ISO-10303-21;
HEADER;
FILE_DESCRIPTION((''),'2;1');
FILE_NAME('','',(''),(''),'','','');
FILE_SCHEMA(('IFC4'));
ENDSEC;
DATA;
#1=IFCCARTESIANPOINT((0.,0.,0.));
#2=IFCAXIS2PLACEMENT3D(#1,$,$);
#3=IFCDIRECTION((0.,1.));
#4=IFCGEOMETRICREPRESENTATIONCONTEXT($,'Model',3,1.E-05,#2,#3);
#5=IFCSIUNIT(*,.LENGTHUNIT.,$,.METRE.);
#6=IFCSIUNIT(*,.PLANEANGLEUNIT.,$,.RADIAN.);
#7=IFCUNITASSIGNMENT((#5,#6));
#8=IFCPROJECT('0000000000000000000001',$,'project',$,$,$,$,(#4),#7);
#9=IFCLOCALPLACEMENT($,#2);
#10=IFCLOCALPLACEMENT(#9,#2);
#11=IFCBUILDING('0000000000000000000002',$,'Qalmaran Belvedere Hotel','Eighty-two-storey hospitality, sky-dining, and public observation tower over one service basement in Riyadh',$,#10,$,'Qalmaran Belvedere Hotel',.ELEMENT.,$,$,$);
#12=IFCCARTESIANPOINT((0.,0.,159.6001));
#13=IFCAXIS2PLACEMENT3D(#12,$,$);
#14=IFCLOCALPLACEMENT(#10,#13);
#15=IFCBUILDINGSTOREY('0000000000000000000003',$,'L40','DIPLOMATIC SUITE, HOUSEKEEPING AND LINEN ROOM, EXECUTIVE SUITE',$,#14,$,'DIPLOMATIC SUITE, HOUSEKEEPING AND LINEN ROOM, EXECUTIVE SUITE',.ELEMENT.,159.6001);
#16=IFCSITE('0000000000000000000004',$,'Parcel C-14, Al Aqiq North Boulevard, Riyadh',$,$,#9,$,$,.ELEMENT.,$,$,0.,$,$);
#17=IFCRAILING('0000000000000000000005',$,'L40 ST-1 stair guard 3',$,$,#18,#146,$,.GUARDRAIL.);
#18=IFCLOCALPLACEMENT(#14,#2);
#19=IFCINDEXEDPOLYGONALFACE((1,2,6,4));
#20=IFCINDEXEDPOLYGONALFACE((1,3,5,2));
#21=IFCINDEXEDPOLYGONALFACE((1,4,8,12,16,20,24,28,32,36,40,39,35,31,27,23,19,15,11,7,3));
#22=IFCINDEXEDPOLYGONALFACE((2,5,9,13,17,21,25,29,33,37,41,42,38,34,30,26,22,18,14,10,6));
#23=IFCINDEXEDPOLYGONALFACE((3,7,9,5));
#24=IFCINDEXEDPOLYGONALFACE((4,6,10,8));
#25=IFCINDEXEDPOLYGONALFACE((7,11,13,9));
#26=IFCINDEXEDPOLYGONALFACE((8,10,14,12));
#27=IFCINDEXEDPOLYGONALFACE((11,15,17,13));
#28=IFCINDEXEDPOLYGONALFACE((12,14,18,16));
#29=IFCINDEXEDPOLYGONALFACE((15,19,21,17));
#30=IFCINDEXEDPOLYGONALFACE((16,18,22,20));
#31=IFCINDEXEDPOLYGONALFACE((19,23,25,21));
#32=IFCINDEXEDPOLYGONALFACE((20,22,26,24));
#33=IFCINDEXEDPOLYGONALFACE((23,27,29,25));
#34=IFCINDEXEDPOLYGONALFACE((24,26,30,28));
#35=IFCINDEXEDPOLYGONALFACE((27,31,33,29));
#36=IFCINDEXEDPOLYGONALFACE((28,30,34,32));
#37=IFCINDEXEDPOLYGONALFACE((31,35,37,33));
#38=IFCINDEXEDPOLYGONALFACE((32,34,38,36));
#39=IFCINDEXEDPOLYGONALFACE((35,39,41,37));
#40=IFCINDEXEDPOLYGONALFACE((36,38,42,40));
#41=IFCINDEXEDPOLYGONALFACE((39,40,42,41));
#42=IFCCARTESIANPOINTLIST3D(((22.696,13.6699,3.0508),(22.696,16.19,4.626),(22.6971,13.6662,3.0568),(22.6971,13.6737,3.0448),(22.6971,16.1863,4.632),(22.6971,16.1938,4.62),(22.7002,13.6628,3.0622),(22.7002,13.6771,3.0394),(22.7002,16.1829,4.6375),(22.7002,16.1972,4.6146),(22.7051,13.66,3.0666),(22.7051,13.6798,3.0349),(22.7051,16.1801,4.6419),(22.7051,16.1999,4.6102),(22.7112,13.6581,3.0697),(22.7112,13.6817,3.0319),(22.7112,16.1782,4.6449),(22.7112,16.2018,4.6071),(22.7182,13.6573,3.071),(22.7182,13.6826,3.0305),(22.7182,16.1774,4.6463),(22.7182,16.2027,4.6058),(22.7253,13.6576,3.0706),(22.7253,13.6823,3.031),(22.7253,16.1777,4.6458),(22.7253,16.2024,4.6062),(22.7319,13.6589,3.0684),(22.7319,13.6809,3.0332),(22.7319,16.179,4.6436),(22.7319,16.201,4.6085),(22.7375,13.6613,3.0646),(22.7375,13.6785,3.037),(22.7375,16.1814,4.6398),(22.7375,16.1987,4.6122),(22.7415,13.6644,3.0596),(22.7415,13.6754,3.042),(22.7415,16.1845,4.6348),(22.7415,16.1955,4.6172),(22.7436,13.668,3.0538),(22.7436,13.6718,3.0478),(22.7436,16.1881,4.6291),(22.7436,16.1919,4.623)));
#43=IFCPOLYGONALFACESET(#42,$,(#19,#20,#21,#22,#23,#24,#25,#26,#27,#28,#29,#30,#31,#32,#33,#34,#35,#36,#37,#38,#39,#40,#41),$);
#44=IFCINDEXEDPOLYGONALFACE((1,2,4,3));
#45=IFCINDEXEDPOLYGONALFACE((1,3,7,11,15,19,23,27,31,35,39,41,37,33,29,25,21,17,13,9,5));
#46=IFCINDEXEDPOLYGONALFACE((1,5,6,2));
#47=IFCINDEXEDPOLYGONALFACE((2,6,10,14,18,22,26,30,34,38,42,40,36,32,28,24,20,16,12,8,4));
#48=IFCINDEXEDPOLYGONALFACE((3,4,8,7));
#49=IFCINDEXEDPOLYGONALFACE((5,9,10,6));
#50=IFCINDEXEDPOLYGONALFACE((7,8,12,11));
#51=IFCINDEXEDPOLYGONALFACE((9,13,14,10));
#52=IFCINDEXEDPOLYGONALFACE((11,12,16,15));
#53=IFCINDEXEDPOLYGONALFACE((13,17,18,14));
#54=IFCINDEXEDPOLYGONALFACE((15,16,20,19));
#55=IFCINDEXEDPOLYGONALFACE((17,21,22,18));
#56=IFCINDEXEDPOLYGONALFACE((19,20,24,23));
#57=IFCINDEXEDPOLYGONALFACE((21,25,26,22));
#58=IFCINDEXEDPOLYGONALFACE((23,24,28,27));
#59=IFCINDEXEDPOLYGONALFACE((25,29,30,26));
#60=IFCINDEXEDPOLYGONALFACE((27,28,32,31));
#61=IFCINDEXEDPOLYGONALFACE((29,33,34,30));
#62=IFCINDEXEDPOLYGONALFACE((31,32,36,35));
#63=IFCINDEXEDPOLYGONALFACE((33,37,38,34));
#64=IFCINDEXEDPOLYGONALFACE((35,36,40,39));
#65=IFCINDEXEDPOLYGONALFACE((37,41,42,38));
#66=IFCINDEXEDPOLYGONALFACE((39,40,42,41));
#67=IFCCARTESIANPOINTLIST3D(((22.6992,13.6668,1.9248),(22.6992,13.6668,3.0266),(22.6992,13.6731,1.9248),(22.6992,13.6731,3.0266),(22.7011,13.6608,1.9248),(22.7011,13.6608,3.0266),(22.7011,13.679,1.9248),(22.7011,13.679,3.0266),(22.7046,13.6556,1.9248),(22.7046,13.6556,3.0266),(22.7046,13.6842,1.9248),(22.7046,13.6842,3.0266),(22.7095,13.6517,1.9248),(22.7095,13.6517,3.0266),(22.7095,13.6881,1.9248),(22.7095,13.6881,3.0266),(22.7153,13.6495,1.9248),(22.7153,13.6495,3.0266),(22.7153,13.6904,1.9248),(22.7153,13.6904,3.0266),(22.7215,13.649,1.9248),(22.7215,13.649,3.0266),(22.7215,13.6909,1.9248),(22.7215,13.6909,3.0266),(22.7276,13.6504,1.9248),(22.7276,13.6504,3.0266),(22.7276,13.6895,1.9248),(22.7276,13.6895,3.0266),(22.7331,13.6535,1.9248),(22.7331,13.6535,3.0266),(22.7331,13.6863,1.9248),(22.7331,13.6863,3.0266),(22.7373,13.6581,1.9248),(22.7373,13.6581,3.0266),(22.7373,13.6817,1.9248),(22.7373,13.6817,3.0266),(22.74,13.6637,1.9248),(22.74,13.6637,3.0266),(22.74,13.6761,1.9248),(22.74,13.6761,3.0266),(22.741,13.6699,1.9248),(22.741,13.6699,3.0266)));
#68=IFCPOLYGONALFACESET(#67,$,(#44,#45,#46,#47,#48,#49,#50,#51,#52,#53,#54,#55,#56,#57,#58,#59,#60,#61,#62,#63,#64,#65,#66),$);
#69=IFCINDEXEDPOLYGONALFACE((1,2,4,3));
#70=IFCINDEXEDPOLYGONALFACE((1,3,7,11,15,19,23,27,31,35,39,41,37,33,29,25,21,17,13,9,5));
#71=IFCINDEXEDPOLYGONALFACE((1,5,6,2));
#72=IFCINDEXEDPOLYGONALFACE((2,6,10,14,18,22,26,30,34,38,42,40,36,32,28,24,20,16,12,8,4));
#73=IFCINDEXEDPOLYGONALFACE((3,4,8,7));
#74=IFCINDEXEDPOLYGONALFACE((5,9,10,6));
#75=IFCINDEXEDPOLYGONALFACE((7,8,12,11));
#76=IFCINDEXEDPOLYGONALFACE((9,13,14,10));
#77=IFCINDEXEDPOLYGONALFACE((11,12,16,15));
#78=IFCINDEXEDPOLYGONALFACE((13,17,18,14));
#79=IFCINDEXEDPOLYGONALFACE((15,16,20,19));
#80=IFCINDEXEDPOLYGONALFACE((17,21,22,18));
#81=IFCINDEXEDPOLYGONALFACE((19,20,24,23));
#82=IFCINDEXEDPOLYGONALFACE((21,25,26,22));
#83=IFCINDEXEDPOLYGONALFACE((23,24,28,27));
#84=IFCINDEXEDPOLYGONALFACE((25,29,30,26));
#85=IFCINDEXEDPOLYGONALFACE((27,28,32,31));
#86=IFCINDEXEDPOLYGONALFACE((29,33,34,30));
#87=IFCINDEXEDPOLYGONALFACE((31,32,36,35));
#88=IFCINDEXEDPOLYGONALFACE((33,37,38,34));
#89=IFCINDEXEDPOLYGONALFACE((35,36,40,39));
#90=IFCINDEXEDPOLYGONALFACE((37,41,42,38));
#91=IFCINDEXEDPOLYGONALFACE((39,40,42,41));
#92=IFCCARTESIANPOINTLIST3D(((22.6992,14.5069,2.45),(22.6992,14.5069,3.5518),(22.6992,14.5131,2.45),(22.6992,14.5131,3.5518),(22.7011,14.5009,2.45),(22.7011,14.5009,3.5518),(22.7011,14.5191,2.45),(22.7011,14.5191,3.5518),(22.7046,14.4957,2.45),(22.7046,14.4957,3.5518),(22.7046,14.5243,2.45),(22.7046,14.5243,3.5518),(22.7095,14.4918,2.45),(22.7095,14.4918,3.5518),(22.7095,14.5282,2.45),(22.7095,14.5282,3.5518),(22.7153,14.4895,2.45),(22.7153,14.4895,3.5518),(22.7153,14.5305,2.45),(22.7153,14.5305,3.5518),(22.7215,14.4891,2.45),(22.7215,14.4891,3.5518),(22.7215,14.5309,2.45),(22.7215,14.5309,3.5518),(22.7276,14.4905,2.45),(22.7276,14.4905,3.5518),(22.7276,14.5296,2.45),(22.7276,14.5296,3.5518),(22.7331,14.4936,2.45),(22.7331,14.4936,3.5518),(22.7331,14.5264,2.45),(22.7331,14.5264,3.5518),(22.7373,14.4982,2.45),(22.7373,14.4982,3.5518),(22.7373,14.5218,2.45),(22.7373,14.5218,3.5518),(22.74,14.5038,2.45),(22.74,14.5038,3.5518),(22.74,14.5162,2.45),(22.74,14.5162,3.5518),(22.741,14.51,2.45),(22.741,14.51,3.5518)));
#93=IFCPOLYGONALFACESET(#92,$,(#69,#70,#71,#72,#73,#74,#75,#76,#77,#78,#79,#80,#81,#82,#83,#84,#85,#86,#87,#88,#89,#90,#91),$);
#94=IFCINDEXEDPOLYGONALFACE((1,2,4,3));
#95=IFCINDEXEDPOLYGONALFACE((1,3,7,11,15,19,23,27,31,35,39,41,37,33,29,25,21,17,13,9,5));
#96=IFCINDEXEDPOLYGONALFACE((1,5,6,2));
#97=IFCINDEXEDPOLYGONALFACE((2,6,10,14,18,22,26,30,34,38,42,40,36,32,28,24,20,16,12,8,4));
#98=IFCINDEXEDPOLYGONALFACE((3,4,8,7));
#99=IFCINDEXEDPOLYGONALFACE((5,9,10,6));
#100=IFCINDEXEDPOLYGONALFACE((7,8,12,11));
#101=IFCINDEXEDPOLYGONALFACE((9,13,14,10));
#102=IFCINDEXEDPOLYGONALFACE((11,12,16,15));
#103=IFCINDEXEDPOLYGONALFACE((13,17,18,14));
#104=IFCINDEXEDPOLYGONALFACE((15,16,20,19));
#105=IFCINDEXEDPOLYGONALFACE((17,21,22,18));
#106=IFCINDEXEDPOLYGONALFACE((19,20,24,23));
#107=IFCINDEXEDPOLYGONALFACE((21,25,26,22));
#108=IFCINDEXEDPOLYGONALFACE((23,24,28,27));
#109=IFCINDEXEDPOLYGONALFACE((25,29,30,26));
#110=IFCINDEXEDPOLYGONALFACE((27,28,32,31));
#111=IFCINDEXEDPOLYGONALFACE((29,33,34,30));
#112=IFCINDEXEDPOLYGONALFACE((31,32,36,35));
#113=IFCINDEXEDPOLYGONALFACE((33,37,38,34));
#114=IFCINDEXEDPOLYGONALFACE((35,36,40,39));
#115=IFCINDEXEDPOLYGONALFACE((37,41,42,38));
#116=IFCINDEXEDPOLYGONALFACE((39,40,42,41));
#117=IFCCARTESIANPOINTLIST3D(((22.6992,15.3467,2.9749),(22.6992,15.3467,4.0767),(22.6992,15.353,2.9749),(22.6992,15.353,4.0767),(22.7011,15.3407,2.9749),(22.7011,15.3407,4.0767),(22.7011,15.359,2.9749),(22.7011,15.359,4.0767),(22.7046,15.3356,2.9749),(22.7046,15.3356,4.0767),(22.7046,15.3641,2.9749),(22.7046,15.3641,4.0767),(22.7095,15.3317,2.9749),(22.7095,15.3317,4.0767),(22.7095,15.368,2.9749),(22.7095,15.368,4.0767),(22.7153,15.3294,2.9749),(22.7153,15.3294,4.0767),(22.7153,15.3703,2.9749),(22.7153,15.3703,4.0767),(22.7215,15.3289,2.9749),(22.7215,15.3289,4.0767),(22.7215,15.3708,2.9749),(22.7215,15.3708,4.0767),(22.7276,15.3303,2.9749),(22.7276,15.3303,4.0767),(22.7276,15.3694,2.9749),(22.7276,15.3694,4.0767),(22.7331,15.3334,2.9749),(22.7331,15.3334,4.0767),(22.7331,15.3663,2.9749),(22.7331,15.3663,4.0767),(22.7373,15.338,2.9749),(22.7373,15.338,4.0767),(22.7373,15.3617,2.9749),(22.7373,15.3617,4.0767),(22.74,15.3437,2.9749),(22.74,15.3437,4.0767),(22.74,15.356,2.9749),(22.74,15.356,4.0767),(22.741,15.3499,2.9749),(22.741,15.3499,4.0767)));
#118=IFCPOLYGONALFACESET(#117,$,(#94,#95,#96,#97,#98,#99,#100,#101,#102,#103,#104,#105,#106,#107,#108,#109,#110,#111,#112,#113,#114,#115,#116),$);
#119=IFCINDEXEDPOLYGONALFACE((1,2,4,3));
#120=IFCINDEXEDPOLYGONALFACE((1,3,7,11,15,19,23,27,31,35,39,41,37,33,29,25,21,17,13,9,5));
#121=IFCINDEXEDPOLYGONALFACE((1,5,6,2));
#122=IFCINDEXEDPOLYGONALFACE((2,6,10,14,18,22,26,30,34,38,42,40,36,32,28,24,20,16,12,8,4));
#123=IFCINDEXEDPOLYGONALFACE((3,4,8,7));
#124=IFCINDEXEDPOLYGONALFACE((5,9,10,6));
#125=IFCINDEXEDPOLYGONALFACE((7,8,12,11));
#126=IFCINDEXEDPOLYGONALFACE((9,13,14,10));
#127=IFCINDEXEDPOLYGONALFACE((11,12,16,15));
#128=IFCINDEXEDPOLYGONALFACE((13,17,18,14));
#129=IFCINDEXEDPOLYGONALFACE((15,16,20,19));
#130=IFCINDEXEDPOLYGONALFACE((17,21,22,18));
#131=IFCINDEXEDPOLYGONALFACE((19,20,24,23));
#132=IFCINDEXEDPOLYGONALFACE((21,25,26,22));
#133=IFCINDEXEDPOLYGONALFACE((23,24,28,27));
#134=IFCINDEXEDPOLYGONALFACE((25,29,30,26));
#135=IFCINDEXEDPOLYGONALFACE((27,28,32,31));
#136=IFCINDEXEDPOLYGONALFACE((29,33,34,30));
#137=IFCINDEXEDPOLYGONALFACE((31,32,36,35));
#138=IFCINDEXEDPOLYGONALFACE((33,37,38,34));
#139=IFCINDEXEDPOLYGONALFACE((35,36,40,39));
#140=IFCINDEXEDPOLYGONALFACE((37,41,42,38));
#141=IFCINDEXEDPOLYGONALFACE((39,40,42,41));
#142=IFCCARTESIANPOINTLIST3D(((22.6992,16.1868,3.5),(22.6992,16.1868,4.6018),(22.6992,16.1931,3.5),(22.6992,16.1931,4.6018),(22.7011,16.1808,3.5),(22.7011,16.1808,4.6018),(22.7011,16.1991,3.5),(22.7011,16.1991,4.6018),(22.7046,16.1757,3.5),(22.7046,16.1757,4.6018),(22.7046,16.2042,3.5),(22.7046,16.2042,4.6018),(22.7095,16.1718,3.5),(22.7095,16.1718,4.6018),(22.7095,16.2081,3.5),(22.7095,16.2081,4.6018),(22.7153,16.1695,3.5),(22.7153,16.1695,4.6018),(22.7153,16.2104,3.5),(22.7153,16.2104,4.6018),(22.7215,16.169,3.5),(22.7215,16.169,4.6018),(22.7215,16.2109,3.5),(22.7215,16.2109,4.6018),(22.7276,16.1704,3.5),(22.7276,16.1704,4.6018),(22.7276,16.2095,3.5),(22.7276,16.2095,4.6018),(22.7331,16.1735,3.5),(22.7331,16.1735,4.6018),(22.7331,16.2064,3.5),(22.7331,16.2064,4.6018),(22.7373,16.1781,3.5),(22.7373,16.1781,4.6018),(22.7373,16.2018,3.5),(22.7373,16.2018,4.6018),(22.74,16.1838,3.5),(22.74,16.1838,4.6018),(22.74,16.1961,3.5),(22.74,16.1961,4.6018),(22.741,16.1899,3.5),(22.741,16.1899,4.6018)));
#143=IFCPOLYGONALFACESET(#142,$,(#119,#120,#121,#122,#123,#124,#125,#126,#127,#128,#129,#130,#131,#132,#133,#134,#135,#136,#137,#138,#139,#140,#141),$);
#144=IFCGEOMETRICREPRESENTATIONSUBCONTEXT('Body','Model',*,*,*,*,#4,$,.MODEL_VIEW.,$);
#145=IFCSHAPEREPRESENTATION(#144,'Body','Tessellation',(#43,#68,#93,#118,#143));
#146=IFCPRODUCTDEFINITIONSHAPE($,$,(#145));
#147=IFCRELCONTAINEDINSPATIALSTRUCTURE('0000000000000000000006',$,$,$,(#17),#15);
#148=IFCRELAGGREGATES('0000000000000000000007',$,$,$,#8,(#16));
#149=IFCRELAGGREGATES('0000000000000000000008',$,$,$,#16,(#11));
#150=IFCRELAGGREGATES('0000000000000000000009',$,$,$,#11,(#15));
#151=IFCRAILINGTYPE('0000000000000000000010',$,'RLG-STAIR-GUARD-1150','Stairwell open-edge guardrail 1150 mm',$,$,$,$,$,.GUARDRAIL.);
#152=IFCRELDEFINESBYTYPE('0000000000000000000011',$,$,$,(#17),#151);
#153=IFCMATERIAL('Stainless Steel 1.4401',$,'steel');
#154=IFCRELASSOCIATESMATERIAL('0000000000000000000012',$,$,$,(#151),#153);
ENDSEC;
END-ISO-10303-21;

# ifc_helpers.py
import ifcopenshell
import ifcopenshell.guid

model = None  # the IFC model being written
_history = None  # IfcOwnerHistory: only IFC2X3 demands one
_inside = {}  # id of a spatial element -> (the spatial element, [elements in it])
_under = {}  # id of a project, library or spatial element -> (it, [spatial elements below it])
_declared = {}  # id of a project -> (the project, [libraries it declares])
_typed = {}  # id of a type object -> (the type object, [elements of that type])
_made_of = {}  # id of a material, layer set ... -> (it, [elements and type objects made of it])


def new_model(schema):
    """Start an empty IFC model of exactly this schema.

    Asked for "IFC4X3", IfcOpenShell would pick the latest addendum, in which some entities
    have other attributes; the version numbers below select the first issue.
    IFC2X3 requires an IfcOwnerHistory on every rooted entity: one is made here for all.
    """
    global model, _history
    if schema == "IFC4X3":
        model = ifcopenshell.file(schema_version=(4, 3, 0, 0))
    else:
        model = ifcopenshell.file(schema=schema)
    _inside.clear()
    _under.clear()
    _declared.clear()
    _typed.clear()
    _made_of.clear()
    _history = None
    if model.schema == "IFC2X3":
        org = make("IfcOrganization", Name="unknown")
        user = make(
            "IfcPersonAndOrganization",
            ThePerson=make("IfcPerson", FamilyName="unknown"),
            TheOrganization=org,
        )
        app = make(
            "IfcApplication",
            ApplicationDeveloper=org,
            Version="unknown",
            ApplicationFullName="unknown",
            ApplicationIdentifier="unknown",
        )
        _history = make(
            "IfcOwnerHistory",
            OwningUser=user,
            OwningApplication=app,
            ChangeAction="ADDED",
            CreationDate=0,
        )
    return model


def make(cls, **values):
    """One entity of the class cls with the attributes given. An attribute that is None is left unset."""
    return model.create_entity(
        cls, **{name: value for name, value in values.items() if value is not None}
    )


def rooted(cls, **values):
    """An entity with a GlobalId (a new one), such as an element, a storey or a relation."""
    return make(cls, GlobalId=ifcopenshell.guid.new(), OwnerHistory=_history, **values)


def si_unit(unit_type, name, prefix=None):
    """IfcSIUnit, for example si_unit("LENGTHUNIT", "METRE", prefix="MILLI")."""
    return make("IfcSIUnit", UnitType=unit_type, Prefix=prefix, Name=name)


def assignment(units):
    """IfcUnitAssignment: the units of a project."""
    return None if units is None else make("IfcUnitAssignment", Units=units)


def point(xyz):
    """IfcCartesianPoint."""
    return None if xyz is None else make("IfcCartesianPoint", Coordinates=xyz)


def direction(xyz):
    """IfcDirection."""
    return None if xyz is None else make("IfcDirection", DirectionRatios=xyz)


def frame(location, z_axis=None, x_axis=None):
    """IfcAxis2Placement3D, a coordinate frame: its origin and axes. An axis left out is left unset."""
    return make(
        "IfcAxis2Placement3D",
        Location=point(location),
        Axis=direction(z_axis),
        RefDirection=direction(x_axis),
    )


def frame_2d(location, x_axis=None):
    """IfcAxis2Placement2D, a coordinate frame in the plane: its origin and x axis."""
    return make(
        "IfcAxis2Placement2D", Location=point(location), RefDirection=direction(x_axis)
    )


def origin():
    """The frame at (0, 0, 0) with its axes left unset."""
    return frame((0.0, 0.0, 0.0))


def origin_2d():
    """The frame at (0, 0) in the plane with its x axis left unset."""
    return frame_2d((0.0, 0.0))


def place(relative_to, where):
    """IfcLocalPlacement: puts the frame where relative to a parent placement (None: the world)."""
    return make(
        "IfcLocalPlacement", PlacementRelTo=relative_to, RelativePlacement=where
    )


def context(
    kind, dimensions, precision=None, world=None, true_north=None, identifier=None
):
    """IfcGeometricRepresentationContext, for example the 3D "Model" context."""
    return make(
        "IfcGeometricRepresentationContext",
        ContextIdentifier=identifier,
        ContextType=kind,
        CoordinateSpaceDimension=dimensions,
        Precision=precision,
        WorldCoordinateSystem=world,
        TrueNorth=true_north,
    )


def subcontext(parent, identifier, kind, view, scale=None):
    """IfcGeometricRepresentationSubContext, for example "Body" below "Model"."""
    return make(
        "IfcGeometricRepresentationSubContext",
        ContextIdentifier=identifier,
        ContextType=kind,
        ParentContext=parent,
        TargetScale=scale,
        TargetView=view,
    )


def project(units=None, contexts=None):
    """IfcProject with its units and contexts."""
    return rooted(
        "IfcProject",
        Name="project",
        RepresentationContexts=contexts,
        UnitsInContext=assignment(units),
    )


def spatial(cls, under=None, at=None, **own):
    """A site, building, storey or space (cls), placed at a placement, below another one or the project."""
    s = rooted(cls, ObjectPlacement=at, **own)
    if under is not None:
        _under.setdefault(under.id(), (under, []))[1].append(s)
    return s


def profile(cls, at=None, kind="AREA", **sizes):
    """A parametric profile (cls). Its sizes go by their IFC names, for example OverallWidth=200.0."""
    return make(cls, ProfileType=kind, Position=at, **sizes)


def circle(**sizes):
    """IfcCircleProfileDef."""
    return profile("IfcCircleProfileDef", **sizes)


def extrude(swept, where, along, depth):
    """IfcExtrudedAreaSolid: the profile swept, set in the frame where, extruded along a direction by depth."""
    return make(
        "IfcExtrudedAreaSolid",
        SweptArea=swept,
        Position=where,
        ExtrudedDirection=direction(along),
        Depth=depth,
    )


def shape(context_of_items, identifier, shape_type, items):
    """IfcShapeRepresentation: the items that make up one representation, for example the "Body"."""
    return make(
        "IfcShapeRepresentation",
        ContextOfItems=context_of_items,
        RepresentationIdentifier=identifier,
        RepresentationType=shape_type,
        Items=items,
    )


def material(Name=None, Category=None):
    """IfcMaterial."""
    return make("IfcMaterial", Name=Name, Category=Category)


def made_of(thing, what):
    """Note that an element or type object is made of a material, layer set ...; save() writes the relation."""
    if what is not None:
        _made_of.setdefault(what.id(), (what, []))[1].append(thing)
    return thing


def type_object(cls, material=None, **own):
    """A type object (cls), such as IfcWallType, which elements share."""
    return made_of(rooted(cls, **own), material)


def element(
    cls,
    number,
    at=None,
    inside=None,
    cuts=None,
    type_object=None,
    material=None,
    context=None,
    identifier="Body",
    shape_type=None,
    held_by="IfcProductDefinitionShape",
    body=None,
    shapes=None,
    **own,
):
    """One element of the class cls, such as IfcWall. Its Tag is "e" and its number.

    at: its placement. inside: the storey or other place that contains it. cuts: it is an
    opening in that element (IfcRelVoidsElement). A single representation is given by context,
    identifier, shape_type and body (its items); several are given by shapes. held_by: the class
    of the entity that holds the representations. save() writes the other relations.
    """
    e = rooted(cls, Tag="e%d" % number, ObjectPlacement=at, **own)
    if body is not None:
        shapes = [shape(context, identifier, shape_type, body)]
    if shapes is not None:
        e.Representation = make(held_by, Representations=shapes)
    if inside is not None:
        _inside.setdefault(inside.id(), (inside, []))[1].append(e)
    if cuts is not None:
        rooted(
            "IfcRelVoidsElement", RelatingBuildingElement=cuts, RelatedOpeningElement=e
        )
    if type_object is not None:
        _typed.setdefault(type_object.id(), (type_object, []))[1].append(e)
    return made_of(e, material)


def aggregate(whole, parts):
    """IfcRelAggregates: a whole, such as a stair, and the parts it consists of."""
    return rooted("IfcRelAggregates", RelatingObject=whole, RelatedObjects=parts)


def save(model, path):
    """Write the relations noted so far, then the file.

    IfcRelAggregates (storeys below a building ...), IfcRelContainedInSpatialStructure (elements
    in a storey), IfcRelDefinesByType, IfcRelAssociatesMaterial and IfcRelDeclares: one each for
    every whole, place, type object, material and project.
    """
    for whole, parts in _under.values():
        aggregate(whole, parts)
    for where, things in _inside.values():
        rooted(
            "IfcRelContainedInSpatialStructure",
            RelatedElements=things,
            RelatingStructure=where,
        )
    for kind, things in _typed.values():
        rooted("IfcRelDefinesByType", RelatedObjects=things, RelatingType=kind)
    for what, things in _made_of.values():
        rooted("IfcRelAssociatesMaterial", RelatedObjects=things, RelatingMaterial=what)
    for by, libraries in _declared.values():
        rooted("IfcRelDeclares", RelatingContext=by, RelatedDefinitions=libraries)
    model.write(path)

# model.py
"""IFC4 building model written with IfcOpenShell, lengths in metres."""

from ifc_helpers import new_model, si_unit, direction, frame, origin, origin_2d, place, context, subcontext, project, spatial, circle, extrude, material, type_object, element, save


model = new_model("IFC4")

# Units and contexts
model_context = context("Model", 3, precision=1e-05, world=origin(), true_north=direction((0.0, 1.0)))
body_context = subcontext(model_context, "Body", "Model", "MODEL_VIEW")
ifc_project = project(units=[si_unit("LENGTHUNIT", "METRE"), si_unit("PLANEANGLEUNIT", "RADIAN")], contexts=[model_context])

# Site, building, storey
site_placement = place(None, origin())
site = spatial("IfcSite", under=ifc_project, at=site_placement, Name="Parcel C-14, Al Aqiq North Boulevard, Riyadh", CompositionType="ELEMENT", RefElevation=0.0)
building_placement = place(site_placement, origin())
building = spatial("IfcBuilding", under=site, at=building_placement, Name="Qalmaran Belvedere Hotel", Description="Eighty-two-storey hospitality, sky-dining, and public observation tower over one service basement in Riyadh", LongName="Qalmaran Belvedere Hotel", CompositionType="ELEMENT")
storey_placement = place(building_placement, frame((0.0, 0.0, 159.6001)))
storey = spatial("IfcBuildingStorey", under=building, at=storey_placement, Name="L40", Description="DIPLOMATIC SUITE, HOUSEKEEPING AND LINEN ROOM, EXECUTIVE SUITE", LongName="DIPLOMATIC SUITE, HOUSEKEEPING AND LINEN ROOM, EXECUTIVE SUITE", CompositionType="ELEMENT", Elevation=159.6001)

# Shared definitions
ifc_material_1 = material(Name="Stainless Steel 1.4401", Category="steel")

# Railing
railing_type_1 = type_object("IfcRailingType", Name="RLG-STAIR-GUARD-1150", Description="Stairwell open-edge guardrail 1150 mm", PredefinedType="GUARDRAIL", material=ifc_material_1)
railing_1_placement = place(storey_placement, frame((22.72, 13.6699, 1.9248)))
element("IfcRailing", 1, at=railing_1_placement, inside=storey, type_object=railing_type_1, Name="L40 ST-1 stair guard 3", PredefinedType="GUARDRAIL", context=body_context, shape_type="SweptSolid", body=[
    extrude(circle(Radius=0.0239, at=origin_2d()), frame((0.0, 0.0, 1.126), z_axis=(0.0, 0.847971, 0.530043), x_axis=(-1.0, 0.0, 0.0)), (0.0, 0.0, 1.0), 2.9719),
    extrude(circle(Radius=0.021, at=origin_2d()), origin(), (0.0, 0.0, 1.0), 1.1018),
    extrude(circle(Radius=0.021, at=origin_2d()), frame((0.0, 0.8401, 0.5251)), (0.0, 0.0, 1.0), 1.1018),
    extrude(circle(Radius=0.021, at=origin_2d()), frame((0.0, 1.6799, 1.05)), (0.0, 0.0, 1.0), 1.1018),
    extrude(circle(Radius=0.021, at=origin_2d()), frame((0.0, 2.52, 1.5752)), (0.0, 0.0, 1.0), 1.1018),
])

save(model, "model.ifc")
